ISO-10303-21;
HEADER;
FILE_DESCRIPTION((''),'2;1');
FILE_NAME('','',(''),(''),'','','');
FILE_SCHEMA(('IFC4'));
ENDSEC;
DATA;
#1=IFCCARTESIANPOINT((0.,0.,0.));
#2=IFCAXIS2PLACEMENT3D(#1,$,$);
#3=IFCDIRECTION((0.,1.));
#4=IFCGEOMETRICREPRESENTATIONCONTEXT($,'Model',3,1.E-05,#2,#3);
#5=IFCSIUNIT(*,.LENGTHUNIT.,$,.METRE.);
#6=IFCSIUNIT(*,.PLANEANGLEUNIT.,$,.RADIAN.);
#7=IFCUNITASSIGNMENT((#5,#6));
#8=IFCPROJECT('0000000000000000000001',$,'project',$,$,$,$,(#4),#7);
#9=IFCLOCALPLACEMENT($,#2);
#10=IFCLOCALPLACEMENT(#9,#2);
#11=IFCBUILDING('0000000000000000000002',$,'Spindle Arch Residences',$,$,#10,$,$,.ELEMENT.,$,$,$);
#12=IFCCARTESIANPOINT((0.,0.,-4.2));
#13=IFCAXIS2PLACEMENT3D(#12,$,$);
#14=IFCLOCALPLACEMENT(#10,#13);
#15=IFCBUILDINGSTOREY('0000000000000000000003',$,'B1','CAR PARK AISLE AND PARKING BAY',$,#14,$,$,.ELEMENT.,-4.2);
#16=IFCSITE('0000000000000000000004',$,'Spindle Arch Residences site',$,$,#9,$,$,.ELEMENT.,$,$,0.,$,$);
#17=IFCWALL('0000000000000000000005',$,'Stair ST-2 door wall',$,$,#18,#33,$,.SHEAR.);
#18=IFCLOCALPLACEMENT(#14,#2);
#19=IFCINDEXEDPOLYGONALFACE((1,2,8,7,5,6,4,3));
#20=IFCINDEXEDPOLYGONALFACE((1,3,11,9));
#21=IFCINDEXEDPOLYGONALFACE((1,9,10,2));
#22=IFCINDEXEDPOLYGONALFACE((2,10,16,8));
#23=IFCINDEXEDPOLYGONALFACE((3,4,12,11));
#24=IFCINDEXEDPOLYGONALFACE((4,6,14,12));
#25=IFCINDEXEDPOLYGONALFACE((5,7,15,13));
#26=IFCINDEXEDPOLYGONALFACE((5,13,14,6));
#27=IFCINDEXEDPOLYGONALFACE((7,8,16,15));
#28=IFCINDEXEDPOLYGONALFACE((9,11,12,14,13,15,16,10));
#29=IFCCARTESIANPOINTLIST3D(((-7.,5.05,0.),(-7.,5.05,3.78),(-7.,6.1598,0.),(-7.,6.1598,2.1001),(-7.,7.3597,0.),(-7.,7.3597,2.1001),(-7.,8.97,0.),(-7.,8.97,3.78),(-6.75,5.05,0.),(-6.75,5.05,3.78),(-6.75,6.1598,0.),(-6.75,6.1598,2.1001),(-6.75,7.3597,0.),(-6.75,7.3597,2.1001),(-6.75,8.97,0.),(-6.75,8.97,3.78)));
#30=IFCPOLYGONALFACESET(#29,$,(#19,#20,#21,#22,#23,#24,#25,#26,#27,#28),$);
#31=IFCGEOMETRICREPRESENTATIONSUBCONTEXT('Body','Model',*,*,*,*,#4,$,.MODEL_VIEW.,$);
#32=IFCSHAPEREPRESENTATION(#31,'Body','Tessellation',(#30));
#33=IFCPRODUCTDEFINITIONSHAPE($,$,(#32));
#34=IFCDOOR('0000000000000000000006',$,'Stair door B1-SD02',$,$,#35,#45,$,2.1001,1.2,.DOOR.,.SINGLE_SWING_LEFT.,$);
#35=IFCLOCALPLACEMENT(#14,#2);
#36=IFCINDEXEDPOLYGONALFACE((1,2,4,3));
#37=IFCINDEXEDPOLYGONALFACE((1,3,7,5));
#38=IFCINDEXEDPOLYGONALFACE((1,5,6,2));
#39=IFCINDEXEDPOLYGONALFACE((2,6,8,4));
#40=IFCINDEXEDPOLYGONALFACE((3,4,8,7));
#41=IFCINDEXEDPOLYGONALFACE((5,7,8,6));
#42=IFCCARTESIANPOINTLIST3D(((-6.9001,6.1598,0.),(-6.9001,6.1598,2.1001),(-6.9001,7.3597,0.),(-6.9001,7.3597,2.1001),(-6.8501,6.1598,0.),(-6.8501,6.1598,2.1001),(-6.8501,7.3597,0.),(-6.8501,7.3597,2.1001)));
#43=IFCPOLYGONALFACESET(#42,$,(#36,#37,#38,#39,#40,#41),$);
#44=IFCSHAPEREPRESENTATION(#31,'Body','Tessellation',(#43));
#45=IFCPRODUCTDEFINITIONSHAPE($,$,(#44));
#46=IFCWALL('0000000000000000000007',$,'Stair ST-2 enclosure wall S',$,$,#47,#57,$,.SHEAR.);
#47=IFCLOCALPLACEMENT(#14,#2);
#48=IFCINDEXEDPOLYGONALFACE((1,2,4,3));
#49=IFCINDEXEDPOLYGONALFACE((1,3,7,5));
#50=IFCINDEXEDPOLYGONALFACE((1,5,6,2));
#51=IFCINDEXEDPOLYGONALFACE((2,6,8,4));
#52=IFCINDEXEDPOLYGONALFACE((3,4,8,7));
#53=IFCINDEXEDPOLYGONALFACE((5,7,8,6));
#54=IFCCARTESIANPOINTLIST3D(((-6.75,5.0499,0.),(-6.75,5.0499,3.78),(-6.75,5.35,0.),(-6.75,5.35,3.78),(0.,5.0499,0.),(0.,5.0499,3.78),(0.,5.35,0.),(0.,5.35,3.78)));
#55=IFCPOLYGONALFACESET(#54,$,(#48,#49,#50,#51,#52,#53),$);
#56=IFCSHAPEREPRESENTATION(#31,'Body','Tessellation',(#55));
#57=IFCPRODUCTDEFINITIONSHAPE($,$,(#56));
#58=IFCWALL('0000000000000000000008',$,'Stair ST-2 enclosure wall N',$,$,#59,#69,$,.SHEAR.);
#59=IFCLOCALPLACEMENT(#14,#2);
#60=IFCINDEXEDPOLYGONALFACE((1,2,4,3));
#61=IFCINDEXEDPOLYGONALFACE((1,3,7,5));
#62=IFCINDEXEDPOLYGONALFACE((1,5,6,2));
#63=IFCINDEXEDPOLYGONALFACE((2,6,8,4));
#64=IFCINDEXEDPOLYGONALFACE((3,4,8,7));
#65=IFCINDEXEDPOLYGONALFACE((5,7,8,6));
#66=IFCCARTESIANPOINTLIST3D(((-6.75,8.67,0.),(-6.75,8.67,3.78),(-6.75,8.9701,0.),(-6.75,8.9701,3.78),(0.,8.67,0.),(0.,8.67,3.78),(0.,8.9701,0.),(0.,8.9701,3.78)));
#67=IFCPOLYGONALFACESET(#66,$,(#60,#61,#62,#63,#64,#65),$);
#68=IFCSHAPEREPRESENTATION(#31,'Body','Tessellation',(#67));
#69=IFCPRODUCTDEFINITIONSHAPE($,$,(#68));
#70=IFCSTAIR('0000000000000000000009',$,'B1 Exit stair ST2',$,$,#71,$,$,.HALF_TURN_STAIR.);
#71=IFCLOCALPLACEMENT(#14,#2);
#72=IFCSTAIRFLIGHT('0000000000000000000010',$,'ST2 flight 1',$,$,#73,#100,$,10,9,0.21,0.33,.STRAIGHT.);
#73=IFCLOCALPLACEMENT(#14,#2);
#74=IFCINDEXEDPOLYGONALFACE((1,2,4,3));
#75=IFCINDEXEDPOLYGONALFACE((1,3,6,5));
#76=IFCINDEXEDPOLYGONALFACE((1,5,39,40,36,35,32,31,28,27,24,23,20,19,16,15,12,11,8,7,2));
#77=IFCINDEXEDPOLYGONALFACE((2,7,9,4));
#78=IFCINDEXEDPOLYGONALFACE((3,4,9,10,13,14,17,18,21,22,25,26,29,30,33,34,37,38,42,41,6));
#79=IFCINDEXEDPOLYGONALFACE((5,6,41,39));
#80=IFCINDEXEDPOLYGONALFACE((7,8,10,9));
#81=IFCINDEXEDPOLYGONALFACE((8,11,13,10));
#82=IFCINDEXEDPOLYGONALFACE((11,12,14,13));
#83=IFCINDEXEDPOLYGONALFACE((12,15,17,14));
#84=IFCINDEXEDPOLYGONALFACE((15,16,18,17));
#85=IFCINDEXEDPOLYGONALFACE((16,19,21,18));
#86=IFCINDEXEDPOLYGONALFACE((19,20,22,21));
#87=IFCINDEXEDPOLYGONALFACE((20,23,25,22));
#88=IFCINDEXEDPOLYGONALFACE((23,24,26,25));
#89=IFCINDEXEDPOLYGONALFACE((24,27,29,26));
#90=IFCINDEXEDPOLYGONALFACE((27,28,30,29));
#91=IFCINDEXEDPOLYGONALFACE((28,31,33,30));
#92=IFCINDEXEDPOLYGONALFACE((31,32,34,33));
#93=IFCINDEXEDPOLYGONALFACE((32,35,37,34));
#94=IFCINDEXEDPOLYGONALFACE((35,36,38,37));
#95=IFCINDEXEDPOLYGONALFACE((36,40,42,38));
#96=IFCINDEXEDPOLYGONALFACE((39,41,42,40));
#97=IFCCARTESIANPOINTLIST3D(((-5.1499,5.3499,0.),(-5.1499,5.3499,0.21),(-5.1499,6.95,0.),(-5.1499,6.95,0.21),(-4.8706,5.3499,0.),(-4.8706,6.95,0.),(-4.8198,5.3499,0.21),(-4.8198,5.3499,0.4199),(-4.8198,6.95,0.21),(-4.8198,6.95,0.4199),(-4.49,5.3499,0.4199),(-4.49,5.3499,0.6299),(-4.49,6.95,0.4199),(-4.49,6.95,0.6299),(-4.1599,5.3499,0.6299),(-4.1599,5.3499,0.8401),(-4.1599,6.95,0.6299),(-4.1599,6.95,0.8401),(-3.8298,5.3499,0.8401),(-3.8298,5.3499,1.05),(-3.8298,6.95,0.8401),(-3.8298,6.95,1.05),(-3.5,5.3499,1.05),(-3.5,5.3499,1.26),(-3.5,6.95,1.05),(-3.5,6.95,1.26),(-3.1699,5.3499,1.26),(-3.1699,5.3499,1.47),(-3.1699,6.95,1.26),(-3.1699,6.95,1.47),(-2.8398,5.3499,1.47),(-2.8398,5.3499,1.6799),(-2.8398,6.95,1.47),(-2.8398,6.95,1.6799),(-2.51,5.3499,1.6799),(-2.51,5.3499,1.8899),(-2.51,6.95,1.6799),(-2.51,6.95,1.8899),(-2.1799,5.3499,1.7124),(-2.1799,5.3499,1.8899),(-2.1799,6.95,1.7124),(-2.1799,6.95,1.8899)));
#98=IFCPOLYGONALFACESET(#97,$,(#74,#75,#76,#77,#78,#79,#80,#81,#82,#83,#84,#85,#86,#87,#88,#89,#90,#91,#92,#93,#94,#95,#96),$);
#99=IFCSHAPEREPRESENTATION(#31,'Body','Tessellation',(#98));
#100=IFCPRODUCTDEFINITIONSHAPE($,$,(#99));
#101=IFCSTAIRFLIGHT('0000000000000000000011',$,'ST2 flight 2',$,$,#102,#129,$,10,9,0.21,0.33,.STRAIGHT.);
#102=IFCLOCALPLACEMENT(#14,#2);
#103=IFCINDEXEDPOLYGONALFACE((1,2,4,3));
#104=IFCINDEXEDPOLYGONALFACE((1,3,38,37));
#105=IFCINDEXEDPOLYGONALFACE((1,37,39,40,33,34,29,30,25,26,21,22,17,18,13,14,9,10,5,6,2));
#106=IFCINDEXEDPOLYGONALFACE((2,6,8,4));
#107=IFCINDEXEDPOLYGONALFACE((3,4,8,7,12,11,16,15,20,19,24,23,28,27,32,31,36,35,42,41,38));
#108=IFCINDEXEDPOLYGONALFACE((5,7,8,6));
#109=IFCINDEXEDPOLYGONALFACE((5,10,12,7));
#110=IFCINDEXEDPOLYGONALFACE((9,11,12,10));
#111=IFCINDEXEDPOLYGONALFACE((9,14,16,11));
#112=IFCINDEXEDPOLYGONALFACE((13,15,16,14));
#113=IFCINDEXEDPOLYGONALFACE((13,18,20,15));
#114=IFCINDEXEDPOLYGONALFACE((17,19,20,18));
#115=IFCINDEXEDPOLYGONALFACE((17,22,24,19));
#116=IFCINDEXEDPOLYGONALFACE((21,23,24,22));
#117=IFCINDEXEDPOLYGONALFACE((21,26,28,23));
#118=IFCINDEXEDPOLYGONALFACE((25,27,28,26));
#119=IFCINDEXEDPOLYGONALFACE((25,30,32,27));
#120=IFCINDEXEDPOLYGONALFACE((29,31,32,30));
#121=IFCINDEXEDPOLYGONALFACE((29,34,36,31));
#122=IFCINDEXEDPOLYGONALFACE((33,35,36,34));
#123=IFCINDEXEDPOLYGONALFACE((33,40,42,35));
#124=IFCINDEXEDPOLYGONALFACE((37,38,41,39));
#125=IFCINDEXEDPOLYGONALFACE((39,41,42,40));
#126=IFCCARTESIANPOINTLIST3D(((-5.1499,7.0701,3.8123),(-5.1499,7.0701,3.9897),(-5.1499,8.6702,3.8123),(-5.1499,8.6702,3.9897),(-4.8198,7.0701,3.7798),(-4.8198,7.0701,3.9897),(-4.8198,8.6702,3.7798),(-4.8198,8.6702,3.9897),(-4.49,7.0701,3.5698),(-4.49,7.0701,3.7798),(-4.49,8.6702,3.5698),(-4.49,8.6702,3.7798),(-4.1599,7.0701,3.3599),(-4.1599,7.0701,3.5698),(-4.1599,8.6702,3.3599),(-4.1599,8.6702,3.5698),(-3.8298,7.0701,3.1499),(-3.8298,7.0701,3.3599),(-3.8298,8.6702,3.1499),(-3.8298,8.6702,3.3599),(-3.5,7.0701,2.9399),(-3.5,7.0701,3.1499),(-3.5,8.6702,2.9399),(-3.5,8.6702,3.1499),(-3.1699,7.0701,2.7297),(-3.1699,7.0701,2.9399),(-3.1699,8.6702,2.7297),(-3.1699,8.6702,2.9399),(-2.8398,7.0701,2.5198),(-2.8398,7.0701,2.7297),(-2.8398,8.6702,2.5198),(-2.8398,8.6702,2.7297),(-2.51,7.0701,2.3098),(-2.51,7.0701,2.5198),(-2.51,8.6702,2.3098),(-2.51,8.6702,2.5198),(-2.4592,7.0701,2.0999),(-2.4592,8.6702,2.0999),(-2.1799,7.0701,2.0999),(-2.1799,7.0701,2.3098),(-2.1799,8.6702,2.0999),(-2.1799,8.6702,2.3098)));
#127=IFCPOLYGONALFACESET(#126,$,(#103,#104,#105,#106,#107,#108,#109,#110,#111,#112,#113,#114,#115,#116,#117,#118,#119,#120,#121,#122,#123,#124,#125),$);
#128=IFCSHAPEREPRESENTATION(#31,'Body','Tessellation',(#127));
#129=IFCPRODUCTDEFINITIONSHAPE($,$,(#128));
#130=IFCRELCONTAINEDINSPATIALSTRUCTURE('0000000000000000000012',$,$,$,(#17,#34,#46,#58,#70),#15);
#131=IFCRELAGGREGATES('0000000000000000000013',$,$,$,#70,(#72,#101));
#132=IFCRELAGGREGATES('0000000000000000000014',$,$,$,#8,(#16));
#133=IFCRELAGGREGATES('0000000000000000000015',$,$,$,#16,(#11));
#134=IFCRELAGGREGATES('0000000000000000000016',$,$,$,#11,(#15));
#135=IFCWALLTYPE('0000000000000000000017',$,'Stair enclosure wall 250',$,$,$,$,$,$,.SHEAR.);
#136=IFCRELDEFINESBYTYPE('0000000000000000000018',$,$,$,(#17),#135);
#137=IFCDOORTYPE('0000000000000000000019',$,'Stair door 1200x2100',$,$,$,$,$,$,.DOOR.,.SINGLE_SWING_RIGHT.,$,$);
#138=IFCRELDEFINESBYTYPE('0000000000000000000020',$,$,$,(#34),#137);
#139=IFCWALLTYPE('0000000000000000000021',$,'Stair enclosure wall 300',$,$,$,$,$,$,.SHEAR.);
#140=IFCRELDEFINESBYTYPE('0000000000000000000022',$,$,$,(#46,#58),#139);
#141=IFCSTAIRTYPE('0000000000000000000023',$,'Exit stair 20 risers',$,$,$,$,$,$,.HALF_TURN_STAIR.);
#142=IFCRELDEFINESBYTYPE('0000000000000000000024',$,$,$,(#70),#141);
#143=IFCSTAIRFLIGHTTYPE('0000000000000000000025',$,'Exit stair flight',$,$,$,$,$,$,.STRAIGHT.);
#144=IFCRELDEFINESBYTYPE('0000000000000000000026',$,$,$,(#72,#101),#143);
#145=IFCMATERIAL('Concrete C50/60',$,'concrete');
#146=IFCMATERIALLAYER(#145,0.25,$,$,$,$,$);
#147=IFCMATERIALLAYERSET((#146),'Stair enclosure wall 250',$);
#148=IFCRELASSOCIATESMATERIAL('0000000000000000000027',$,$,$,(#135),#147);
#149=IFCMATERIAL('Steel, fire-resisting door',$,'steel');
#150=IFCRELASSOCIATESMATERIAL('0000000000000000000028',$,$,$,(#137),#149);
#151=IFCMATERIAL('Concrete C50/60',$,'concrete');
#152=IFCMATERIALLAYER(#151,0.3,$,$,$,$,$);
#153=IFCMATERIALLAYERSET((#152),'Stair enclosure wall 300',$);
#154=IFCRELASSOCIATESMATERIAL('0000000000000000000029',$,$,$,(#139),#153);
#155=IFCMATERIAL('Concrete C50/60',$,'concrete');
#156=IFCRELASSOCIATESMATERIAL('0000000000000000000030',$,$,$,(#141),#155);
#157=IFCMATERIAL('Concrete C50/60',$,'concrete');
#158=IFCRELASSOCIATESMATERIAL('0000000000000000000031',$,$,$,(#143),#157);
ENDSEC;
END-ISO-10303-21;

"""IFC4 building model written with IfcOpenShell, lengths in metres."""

from ifc_helpers import new_model, si_unit, direction, frame, frame_2d, origin, place, context, subcontext, project, spatial, polyline, rectangle, outline, extrude, material, layer, layer_set, type_object, element, fill, aggregate, save


model = new_model("IFC4")

# Units and contexts
model_context = context("Model", 3, precision=1e-05, world=origin(), true_north=direction((0.0, 1.0)))
body_context = subcontext(model_context, "Body", "Model", "MODEL_VIEW")
ifc_project = project(units=[si_unit("LENGTHUNIT", "METRE"), si_unit("PLANEANGLEUNIT", "RADIAN")], contexts=[model_context])

# Site, building, storey
site_placement = place(None, origin())
site = spatial("IfcSite", under=ifc_project, at=site_placement, Name="Spindle Arch Residences site", CompositionType="ELEMENT", RefElevation=0.0)
building_placement = place(site_placement, origin())
building = spatial("IfcBuilding", under=site, at=building_placement, Name="Spindle Arch Residences", CompositionType="ELEMENT")
storey_placement = place(building_placement, frame((0.0, 0.0, -4.2)))
storey = spatial("IfcBuildingStorey", under=building, at=storey_placement, Name="B1", Description="CAR PARK AISLE AND PARKING BAY", CompositionType="ELEMENT", Elevation=-4.2)

# Wall, opening, door
ifc_material_1 = material(Name="Concrete C50/60", Category="concrete")
ifc_layer_1 = layer(ifc_material_1, 0.25)
ifc_layer_set_1 = layer_set([ifc_layer_1], Name="Stair enclosure wall 250")
wall_type_1 = type_object("IfcWallType", Name="Stair enclosure wall 250", PredefinedType="SHEAR", material=ifc_layer_set_1)
wall_1_placement = place(storey_placement, frame((-6.875, 8.97, 0.0), z_axis=(0.0, 0.0, 1.0), x_axis=(0.0, -1.0, 0.0)))
wall_1 = element("IfcWall", 1, at=wall_1_placement, inside=storey, type_object=wall_type_1, Name="Stair ST-2 door wall", PredefinedType="SHEAR", context=body_context, shape_type="SweptSolid", body=[
    extrude(rectangle(XDim=3.9199, YDim=0.25, at=frame_2d((1.96, 0.0))), origin(), (0.0, 0.0, 1.0), 3.78),
])
opening_1_placement = place(wall_1_placement, frame((1.6101, 0.0, 0.0)))
opening_1 = element("IfcOpeningElement", 2, at=opening_1_placement, cuts=wall_1, PredefinedType="OPENING", context=body_context, shape_type="SweptSolid", body=[
    extrude(rectangle(XDim=1.2, YDim=2.1001, at=frame_2d((0.6001, 1.05))), frame((0.0, 0.135, 0.0), z_axis=(0.0, -1.0, 0.0), x_axis=(1.0, 0.0, 0.0)), (0.0, 0.0, 1.0), 0.27),
])
ifc_material_2 = material(Name="Steel, fire-resisting door", Category="steel")
door_type_1 = type_object("IfcDoorType", Name="Stair door 1200x2100", OperationType="SINGLE_SWING_RIGHT", PredefinedType="DOOR", material=ifc_material_2)
door_1_placement = place(opening_1_placement, origin())
door_1 = element("IfcDoor", 3, at=door_1_placement, inside=storey, type_object=door_type_1, Name="Stair door B1-SD02", OperationType="SINGLE_SWING_LEFT", OverallHeight=2.1001, OverallWidth=1.2, PredefinedType="DOOR", context=body_context, shape_type="SweptSolid", body=[
    extrude(rectangle(XDim=1.2, YDim=2.1001, at=frame_2d((0.6001, 1.05))), frame((0.0, 0.0249, 0.0), z_axis=(0.0, -1.0, 0.0), x_axis=(1.0, 0.0, 0.0)), (0.0, 0.0, 1.0), 0.05),
])
fill(opening_1, door_1)

# Walls
ifc_material_3 = material(Name="Concrete C50/60", Category="concrete")
ifc_layer_2 = layer(ifc_material_3, 0.3)
ifc_layer_set_2 = layer_set([ifc_layer_2], Name="Stair enclosure wall 300")
wall_type_2 = type_object("IfcWallType", Name="Stair enclosure wall 300", PredefinedType="SHEAR", material=ifc_layer_set_2)
for number, where, z_axis, x_axis, name in (
    (4, (-6.75, 5.2, 0.0), (0.0, 0.0, 1.0), (1.0, 0.0, 0.0), "Stair ST-2 enclosure wall S"),
    (5, (-6.75, 8.8201, 0.0), (0.0, 0.0, 1.0), (1.0, 0.0, 0.0), "Stair ST-2 enclosure wall N"),
):
    element("IfcWall", number, at=place(storey_placement, frame(where, z_axis=z_axis, x_axis=x_axis)), inside=storey, type_object=wall_type_2, Name=name, PredefinedType="SHEAR", context=body_context, shape_type="SweptSolid", body=[
        extrude(rectangle(XDim=6.75, YDim=0.3, at=frame_2d((3.375, 0.0))), origin(), (0.0, 0.0, 1.0), 3.78),
    ])

# Stair, stair flights
ifc_material_4 = material(Name="Concrete C50/60", Category="concrete")
stair_type = type_object("IfcStairType", Name="Exit stair 20 risers", PredefinedType="HALF_TURN_STAIR", material=ifc_material_4)
stair_placement = place(storey_placement, origin())
stair = element("IfcStair", 6, at=stair_placement, inside=storey, type_object=stair_type, Name="B1 Exit stair ST2", PredefinedType="HALF_TURN_STAIR")
ifc_material_5 = material(Name="Concrete C50/60", Category="concrete")
stair_flight_type = type_object("IfcStairFlightType", Name="Exit stair flight", PredefinedType="STRAIGHT", material=ifc_material_5)
stair_flight_1_placement = place(storey_placement, frame((-5.1499, 6.1499, 0.0), z_axis=(0.0, 0.0, 1.0), x_axis=(1.0, 0.0, 0.0)))
stair_flight_1 = element("IfcStairFlight", 7, at=stair_flight_1_placement, type_object=stair_flight_type, Name="ST2 flight 1", NumberOfRisers=10, NumberOfTreads=9, PredefinedType="STRAIGHT", RiserHeight=0.21, TreadLength=0.33, context=body_context, shape_type="SweptSolid", body=[
    extrude(outline(polyline([(0.0, 0.0), (0.0, 0.21), (0.3301, 0.21), (0.3301, 0.4199), (0.6599, 0.4199), (0.6599, 0.6299), (0.99, 0.6299), (0.99, 0.8401), (1.3201, 0.8401), (1.3201, 1.05), (1.6499, 1.05), (1.6499, 1.26), (1.98, 1.26), (1.98, 1.47), (2.3101, 1.47), (2.3101, 1.6799), (2.6399, 1.6799), (2.6399, 1.8899), (2.97, 1.8899), (2.97, 2.1001), (2.97, 1.7124), (0.2793, 0.0), (0.0, 0.0)])), frame((0.0, 0.8, 0.0), z_axis=(0.0, -1.0, 0.0), x_axis=(1.0, 0.0, 0.0)), (0.0, 0.0, 1.0), 1.6001),
])
stair_flight_2_placement = place(storey_placement, frame((-2.1799, 7.8701, 2.0999), z_axis=(0.0, 0.0, 1.0), x_axis=(-1.0, 0.0, 0.0)))
stair_flight_2 = element("IfcStairFlight", 8, at=stair_flight_2_placement, type_object=stair_flight_type, Name="ST2 flight 2", NumberOfRisers=10, NumberOfTreads=9, PredefinedType="STRAIGHT", RiserHeight=0.21, TreadLength=0.33, context=body_context, shape_type="SweptSolid", body=[
    extrude(outline(polyline([(0.0, 0.0), (0.0, 0.21), (0.3301, 0.21), (0.3301, 0.4199), (0.6599, 0.4199), (0.6599, 0.6299), (0.99, 0.6299), (0.99, 0.8401), (1.3201, 0.8401), (1.3201, 1.05), (1.6499, 1.05), (1.6499, 1.26), (1.98, 1.26), (1.98, 1.47), (2.3101, 1.47), (2.3101, 1.6799), (2.6399, 1.6799), (2.6399, 1.8899), (2.97, 1.8899), (2.97, 2.1001), (2.97, 1.7124), (0.2793, 0.0), (0.0, 0.0)])), frame((0.0, 0.8, 0.0), z_axis=(0.0, -1.0, 0.0), x_axis=(1.0, 0.0, 0.0)), (0.0, 0.0, 1.0), 1.6001),
])
aggregate(stair, [stair_flight_1, stair_flight_2])

save(model, "model.ifc")
